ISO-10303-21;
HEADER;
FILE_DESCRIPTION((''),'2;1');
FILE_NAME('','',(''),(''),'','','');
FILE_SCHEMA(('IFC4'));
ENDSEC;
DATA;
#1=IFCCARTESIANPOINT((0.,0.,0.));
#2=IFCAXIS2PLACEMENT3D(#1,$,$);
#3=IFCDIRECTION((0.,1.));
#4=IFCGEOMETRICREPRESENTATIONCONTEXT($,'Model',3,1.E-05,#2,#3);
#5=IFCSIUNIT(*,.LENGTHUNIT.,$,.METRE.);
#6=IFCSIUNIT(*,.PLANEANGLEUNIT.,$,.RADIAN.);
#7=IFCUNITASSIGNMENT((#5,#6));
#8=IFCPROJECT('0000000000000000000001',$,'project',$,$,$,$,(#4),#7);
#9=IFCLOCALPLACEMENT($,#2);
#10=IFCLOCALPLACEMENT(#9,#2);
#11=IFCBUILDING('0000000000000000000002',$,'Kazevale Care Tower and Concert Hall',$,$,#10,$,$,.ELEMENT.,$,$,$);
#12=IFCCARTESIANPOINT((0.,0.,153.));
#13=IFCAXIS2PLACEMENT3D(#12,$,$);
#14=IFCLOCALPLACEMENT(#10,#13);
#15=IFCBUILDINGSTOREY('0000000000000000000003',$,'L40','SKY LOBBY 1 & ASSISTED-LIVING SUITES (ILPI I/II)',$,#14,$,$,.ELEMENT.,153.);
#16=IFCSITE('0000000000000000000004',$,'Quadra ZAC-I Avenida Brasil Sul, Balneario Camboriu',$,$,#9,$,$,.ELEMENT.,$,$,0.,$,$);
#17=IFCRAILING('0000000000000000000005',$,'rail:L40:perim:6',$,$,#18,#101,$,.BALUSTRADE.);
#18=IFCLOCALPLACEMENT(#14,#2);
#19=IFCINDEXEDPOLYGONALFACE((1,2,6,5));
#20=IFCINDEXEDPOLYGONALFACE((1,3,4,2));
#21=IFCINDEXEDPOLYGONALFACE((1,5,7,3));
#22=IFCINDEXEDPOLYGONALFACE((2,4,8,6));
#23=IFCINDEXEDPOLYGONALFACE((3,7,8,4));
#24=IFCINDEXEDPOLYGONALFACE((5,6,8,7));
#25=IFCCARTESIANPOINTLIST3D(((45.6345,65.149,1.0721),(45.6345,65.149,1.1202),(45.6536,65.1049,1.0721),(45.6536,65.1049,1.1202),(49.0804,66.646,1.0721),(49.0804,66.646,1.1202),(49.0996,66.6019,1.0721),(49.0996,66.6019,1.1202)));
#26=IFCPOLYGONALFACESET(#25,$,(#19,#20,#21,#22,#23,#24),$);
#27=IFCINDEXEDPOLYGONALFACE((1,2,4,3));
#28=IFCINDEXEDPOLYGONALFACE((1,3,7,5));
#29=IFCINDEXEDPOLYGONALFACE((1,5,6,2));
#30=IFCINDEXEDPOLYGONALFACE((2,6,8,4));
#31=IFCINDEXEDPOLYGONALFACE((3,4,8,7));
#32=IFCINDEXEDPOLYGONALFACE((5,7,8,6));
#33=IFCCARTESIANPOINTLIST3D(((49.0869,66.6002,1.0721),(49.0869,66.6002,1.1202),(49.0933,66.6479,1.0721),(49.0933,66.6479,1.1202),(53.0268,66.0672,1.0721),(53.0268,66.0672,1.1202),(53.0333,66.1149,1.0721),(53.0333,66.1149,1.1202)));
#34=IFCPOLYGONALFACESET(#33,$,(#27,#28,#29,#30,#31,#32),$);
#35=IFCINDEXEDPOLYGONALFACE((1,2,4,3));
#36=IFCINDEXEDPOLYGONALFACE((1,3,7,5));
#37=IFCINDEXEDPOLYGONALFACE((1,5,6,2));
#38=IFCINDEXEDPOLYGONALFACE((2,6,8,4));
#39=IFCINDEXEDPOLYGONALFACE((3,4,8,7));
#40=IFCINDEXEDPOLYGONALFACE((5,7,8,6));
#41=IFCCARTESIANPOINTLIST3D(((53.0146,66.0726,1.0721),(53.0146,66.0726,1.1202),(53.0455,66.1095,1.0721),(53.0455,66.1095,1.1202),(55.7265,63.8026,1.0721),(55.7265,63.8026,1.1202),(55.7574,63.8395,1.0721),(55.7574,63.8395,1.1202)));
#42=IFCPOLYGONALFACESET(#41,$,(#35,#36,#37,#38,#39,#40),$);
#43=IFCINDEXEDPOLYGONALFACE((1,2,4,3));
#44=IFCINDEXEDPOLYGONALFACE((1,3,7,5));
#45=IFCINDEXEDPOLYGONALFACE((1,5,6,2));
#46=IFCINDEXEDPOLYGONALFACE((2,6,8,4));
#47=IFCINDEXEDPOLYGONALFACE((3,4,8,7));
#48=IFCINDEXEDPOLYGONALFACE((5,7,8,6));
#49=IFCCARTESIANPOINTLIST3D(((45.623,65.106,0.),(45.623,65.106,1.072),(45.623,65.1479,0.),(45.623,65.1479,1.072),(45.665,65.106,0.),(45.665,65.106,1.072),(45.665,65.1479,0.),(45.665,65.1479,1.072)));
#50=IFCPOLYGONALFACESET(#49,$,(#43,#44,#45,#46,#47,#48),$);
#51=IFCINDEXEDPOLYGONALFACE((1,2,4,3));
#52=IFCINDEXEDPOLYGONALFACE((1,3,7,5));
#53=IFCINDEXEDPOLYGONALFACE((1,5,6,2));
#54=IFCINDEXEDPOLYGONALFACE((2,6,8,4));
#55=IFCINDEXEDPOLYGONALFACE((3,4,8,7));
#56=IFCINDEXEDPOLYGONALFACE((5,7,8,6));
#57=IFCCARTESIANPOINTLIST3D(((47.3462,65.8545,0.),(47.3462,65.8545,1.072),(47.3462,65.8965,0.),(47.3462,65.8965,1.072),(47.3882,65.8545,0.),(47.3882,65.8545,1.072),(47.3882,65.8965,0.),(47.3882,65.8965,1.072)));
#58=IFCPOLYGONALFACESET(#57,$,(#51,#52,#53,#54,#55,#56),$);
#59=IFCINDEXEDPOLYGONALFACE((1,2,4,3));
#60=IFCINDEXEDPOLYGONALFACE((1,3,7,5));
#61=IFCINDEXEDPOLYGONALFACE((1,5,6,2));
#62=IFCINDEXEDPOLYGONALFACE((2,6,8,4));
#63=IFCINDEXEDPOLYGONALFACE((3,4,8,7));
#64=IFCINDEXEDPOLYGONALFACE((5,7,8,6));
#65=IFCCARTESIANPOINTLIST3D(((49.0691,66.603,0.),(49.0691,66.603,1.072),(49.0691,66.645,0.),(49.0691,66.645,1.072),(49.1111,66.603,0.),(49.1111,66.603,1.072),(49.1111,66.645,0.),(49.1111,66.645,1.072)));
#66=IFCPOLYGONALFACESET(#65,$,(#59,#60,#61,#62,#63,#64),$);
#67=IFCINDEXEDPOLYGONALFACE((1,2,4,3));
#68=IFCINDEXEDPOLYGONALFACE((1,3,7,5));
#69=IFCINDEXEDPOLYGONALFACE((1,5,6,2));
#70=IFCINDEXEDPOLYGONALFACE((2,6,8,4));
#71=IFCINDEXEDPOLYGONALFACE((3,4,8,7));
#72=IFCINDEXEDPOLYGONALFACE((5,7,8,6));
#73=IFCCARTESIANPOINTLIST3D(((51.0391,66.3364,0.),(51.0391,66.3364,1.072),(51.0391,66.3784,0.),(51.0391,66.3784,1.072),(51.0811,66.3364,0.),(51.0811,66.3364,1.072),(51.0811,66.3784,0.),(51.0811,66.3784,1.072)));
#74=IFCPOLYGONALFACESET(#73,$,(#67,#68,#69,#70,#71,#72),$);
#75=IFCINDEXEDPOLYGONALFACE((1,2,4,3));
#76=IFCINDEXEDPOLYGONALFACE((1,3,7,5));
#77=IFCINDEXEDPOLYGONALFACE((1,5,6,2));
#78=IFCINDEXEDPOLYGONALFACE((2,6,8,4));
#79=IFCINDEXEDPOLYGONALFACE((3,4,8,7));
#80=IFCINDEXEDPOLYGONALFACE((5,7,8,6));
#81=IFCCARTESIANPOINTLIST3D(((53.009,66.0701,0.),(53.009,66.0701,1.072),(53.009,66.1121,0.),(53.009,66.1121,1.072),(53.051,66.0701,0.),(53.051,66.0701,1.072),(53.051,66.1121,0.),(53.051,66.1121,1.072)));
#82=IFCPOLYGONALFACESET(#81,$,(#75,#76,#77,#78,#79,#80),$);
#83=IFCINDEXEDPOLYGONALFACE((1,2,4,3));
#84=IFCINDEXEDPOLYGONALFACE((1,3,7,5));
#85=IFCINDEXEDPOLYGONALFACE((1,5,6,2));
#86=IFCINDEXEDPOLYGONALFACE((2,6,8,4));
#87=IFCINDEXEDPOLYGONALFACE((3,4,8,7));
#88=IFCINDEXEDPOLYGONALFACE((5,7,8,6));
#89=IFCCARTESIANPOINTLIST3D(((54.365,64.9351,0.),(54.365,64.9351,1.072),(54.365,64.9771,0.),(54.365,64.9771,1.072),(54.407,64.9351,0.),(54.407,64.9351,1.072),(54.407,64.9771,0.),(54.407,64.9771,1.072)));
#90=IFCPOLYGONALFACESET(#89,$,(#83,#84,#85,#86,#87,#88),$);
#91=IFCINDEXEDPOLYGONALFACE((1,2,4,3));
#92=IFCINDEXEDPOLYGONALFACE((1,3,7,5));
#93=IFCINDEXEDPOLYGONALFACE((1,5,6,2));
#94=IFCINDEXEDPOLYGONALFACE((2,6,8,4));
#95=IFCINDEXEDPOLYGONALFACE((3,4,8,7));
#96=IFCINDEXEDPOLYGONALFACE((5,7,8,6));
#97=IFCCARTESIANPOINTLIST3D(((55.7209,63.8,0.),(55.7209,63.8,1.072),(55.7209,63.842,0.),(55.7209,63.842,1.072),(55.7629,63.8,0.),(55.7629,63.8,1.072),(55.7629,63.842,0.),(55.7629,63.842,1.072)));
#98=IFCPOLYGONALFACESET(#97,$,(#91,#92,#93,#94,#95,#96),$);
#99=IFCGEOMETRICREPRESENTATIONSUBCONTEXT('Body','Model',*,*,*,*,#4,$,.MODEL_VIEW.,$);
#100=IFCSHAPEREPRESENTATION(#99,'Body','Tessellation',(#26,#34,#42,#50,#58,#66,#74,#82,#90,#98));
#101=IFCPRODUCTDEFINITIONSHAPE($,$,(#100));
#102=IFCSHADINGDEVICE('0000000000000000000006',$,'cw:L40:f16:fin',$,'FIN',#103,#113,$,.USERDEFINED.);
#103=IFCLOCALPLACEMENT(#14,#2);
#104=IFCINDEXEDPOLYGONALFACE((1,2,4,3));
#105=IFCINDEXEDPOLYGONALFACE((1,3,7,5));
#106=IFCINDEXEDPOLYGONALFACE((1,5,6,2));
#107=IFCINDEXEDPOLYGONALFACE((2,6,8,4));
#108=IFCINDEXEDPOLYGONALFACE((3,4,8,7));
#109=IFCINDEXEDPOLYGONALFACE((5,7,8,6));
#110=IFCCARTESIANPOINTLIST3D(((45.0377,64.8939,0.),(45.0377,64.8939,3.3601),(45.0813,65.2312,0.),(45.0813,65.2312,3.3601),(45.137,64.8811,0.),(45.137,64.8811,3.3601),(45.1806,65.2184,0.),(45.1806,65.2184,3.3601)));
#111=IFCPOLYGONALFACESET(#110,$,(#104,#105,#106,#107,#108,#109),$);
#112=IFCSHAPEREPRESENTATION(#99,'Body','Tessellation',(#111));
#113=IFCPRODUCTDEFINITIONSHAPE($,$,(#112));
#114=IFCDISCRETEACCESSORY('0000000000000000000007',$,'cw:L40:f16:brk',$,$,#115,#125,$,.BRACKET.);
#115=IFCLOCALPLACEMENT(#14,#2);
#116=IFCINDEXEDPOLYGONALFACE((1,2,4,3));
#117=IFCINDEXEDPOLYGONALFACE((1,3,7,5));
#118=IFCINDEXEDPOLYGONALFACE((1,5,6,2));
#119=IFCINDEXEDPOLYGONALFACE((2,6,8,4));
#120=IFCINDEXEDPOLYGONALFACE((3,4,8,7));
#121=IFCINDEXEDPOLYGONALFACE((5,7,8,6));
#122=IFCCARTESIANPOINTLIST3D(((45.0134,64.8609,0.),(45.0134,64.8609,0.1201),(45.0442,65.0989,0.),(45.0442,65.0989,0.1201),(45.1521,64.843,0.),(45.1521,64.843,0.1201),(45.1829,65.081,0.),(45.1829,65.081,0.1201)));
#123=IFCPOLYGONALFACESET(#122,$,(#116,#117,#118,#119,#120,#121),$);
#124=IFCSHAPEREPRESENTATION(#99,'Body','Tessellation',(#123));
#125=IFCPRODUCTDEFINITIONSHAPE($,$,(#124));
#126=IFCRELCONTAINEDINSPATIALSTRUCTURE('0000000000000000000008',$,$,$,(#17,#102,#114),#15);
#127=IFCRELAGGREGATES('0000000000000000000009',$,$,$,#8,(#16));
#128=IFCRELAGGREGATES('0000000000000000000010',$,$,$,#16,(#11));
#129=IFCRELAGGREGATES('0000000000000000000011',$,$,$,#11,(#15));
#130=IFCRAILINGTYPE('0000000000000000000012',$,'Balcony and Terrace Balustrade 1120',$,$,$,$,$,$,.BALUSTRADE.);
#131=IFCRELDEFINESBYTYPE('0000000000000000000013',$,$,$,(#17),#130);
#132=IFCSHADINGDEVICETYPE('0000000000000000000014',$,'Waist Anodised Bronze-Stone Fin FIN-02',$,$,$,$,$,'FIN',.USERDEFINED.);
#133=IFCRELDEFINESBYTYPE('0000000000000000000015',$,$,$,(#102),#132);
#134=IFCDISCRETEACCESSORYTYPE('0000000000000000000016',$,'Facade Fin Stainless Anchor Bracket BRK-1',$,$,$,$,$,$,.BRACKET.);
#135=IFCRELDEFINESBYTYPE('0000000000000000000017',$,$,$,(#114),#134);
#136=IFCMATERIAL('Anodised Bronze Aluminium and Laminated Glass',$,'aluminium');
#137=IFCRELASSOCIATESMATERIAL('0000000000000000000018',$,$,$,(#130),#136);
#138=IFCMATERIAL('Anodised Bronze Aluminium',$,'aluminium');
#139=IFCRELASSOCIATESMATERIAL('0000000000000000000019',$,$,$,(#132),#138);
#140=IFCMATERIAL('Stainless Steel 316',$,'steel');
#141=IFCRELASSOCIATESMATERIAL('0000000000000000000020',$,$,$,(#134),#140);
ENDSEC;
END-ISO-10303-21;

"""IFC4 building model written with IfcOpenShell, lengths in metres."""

from ifc_helpers import new_model, si_unit, direction, frame, origin, origin_2d, place, context, subcontext, project, spatial, rectangle, extrude, material, type_object, element, save


model = new_model("IFC4")

# Units and contexts
model_context = context("Model", 3, precision=1e-05, world=origin(), true_north=direction((0.0, 1.0)))
body_context = subcontext(model_context, "Body", "Model", "MODEL_VIEW")
ifc_project = project(units=[si_unit("LENGTHUNIT", "METRE"), si_unit("PLANEANGLEUNIT", "RADIAN")], contexts=[model_context])

# Site, building, storey
site_placement = place(None, origin())
site = spatial("IfcSite", under=ifc_project, at=site_placement, Name="Quadra ZAC-I Avenida Brasil Sul, Balneario Camboriu", CompositionType="ELEMENT", RefElevation=0.0)
building_placement = place(site_placement, origin())
building = spatial("IfcBuilding", under=site, at=building_placement, Name="Kazevale Care Tower and Concert Hall", CompositionType="ELEMENT")
storey_placement = place(building_placement, frame((0.0, 0.0, 153.0)))
storey = spatial("IfcBuildingStorey", under=building, at=storey_placement, Name="L40", Description="SKY LOBBY 1 & ASSISTED-LIVING SUITES (ILPI I/II)", CompositionType="ELEMENT", Elevation=153.0)

# Railing
ifc_material_1 = material(Name="Anodised Bronze Aluminium and Laminated Glass", Category="aluminium")
railing_type = type_object("IfcRailingType", Name="Balcony and Terrace Balustrade 1120", PredefinedType="BALUSTRADE", material=ifc_material_1)
railing_placement = place(storey_placement, frame((45.644, 65.127, 0.0)))
element("IfcRailing", 1, at=railing_placement, inside=storey, type_object=railing_type, Name="rail:L40:perim:6", PredefinedType="BALUSTRADE", context=body_context, shape_type="SweptSolid", body=[
    extrude(rectangle(XDim=0.0481, YDim=0.0481, at=origin_2d()), frame((0.0, 0.0, 1.0962), z_axis=(0.917188, 0.398455, 0.0), x_axis=(-0.398455, 0.917188, 0.0)), (0.0, 0.0, 1.0), 3.7571),
    extrude(rectangle(XDim=0.0481, YDim=0.0481, at=origin_2d()), frame((3.446, 1.4971, 1.0962), z_axis=(0.990975, -0.13405, 0.0), x_axis=(0.13405, 0.990975, 0.0)), (0.0, 0.0, 1.0), 3.9758),
    extrude(rectangle(XDim=0.0481, YDim=0.0481, at=origin_2d()), frame((7.386, 0.9641, 1.0962), z_axis=(0.766816, -0.641867, 0.0), x_axis=(0.641867, 0.766816, 0.0)), (0.0, 0.0, 1.0), 3.5366),
    extrude(rectangle(XDim=0.042, YDim=0.042, at=origin_2d()), origin(), (0.0, 0.0, 1.0), 1.072),
    extrude(rectangle(XDim=0.042, YDim=0.042, at=origin_2d()), frame((1.7231, 0.7485, 0.0)), (0.0, 0.0, 1.0), 1.072),
    extrude(rectangle(XDim=0.042, YDim=0.042, at=origin_2d()), frame((3.446, 1.4971, 0.0)), (0.0, 0.0, 1.0), 1.072),
    extrude(rectangle(XDim=0.042, YDim=0.042, at=origin_2d()), frame((5.416, 1.2305, 0.0)), (0.0, 0.0, 1.0), 1.072),
    extrude(rectangle(XDim=0.042, YDim=0.042, at=origin_2d()), frame((7.386, 0.9641, 0.0)), (0.0, 0.0, 1.0), 1.072),
    extrude(rectangle(XDim=0.042, YDim=0.042, at=origin_2d()), frame((8.7419, -0.1709, 0.0)), (0.0, 0.0, 1.0), 1.072),
    extrude(rectangle(XDim=0.042, YDim=0.042, at=origin_2d()), frame((10.0979, -1.3059, 0.0)), (0.0, 0.0, 1.0), 1.072),
])

# Shading device
ifc_material_2 = material(Name="Anodised Bronze Aluminium", Category="aluminium")
shading_device_type = type_object("IfcShadingDeviceType", Name="Waist Anodised Bronze-Stone Fin FIN-02", ElementType="FIN", PredefinedType="USERDEFINED", material=ifc_material_2)
shading_device_placement = place(storey_placement, frame((45.1091, 65.0562, 0.0), z_axis=(0.0, 0.0, 1.0), x_axis=(0.128276, 0.991738, 0.0)))
element("IfcShadingDevice", 2, at=shading_device_placement, inside=storey, type_object=shading_device_type, Name="cw:L40:f16:fin", ObjectType="FIN", PredefinedType="USERDEFINED", context=body_context, shape_type="SweptSolid", body=[
    extrude(rectangle(XDim=0.3401, YDim=0.1001, at=origin_2d()), origin(), (0.0, 0.0, 1.0), 3.3601),
])

# Discrete accessory
ifc_material_3 = material(Name="Stainless Steel 316", Category="steel")
discrete_accessory_type = type_object("IfcDiscreteAccessoryType", Name="Facade Fin Stainless Anchor Bracket BRK-1", PredefinedType="BRACKET", material=ifc_material_3)
discrete_accessory_placement = place(storey_placement, frame((45.0981, 64.9709, 0.0), z_axis=(0.0, 0.0, 1.0), x_axis=(0.128276, 0.991738, 0.0)))
element("IfcDiscreteAccessory", 3, at=discrete_accessory_placement, inside=storey, type_object=discrete_accessory_type, Name="cw:L40:f16:brk", PredefinedType="BRACKET", context=body_context, shape_type="SweptSolid", body=[
    extrude(rectangle(XDim=0.24, YDim=0.1399, at=origin_2d()), origin(), (0.0, 0.0, 1.0), 0.1201),
])

save(model, "model.ifc")
